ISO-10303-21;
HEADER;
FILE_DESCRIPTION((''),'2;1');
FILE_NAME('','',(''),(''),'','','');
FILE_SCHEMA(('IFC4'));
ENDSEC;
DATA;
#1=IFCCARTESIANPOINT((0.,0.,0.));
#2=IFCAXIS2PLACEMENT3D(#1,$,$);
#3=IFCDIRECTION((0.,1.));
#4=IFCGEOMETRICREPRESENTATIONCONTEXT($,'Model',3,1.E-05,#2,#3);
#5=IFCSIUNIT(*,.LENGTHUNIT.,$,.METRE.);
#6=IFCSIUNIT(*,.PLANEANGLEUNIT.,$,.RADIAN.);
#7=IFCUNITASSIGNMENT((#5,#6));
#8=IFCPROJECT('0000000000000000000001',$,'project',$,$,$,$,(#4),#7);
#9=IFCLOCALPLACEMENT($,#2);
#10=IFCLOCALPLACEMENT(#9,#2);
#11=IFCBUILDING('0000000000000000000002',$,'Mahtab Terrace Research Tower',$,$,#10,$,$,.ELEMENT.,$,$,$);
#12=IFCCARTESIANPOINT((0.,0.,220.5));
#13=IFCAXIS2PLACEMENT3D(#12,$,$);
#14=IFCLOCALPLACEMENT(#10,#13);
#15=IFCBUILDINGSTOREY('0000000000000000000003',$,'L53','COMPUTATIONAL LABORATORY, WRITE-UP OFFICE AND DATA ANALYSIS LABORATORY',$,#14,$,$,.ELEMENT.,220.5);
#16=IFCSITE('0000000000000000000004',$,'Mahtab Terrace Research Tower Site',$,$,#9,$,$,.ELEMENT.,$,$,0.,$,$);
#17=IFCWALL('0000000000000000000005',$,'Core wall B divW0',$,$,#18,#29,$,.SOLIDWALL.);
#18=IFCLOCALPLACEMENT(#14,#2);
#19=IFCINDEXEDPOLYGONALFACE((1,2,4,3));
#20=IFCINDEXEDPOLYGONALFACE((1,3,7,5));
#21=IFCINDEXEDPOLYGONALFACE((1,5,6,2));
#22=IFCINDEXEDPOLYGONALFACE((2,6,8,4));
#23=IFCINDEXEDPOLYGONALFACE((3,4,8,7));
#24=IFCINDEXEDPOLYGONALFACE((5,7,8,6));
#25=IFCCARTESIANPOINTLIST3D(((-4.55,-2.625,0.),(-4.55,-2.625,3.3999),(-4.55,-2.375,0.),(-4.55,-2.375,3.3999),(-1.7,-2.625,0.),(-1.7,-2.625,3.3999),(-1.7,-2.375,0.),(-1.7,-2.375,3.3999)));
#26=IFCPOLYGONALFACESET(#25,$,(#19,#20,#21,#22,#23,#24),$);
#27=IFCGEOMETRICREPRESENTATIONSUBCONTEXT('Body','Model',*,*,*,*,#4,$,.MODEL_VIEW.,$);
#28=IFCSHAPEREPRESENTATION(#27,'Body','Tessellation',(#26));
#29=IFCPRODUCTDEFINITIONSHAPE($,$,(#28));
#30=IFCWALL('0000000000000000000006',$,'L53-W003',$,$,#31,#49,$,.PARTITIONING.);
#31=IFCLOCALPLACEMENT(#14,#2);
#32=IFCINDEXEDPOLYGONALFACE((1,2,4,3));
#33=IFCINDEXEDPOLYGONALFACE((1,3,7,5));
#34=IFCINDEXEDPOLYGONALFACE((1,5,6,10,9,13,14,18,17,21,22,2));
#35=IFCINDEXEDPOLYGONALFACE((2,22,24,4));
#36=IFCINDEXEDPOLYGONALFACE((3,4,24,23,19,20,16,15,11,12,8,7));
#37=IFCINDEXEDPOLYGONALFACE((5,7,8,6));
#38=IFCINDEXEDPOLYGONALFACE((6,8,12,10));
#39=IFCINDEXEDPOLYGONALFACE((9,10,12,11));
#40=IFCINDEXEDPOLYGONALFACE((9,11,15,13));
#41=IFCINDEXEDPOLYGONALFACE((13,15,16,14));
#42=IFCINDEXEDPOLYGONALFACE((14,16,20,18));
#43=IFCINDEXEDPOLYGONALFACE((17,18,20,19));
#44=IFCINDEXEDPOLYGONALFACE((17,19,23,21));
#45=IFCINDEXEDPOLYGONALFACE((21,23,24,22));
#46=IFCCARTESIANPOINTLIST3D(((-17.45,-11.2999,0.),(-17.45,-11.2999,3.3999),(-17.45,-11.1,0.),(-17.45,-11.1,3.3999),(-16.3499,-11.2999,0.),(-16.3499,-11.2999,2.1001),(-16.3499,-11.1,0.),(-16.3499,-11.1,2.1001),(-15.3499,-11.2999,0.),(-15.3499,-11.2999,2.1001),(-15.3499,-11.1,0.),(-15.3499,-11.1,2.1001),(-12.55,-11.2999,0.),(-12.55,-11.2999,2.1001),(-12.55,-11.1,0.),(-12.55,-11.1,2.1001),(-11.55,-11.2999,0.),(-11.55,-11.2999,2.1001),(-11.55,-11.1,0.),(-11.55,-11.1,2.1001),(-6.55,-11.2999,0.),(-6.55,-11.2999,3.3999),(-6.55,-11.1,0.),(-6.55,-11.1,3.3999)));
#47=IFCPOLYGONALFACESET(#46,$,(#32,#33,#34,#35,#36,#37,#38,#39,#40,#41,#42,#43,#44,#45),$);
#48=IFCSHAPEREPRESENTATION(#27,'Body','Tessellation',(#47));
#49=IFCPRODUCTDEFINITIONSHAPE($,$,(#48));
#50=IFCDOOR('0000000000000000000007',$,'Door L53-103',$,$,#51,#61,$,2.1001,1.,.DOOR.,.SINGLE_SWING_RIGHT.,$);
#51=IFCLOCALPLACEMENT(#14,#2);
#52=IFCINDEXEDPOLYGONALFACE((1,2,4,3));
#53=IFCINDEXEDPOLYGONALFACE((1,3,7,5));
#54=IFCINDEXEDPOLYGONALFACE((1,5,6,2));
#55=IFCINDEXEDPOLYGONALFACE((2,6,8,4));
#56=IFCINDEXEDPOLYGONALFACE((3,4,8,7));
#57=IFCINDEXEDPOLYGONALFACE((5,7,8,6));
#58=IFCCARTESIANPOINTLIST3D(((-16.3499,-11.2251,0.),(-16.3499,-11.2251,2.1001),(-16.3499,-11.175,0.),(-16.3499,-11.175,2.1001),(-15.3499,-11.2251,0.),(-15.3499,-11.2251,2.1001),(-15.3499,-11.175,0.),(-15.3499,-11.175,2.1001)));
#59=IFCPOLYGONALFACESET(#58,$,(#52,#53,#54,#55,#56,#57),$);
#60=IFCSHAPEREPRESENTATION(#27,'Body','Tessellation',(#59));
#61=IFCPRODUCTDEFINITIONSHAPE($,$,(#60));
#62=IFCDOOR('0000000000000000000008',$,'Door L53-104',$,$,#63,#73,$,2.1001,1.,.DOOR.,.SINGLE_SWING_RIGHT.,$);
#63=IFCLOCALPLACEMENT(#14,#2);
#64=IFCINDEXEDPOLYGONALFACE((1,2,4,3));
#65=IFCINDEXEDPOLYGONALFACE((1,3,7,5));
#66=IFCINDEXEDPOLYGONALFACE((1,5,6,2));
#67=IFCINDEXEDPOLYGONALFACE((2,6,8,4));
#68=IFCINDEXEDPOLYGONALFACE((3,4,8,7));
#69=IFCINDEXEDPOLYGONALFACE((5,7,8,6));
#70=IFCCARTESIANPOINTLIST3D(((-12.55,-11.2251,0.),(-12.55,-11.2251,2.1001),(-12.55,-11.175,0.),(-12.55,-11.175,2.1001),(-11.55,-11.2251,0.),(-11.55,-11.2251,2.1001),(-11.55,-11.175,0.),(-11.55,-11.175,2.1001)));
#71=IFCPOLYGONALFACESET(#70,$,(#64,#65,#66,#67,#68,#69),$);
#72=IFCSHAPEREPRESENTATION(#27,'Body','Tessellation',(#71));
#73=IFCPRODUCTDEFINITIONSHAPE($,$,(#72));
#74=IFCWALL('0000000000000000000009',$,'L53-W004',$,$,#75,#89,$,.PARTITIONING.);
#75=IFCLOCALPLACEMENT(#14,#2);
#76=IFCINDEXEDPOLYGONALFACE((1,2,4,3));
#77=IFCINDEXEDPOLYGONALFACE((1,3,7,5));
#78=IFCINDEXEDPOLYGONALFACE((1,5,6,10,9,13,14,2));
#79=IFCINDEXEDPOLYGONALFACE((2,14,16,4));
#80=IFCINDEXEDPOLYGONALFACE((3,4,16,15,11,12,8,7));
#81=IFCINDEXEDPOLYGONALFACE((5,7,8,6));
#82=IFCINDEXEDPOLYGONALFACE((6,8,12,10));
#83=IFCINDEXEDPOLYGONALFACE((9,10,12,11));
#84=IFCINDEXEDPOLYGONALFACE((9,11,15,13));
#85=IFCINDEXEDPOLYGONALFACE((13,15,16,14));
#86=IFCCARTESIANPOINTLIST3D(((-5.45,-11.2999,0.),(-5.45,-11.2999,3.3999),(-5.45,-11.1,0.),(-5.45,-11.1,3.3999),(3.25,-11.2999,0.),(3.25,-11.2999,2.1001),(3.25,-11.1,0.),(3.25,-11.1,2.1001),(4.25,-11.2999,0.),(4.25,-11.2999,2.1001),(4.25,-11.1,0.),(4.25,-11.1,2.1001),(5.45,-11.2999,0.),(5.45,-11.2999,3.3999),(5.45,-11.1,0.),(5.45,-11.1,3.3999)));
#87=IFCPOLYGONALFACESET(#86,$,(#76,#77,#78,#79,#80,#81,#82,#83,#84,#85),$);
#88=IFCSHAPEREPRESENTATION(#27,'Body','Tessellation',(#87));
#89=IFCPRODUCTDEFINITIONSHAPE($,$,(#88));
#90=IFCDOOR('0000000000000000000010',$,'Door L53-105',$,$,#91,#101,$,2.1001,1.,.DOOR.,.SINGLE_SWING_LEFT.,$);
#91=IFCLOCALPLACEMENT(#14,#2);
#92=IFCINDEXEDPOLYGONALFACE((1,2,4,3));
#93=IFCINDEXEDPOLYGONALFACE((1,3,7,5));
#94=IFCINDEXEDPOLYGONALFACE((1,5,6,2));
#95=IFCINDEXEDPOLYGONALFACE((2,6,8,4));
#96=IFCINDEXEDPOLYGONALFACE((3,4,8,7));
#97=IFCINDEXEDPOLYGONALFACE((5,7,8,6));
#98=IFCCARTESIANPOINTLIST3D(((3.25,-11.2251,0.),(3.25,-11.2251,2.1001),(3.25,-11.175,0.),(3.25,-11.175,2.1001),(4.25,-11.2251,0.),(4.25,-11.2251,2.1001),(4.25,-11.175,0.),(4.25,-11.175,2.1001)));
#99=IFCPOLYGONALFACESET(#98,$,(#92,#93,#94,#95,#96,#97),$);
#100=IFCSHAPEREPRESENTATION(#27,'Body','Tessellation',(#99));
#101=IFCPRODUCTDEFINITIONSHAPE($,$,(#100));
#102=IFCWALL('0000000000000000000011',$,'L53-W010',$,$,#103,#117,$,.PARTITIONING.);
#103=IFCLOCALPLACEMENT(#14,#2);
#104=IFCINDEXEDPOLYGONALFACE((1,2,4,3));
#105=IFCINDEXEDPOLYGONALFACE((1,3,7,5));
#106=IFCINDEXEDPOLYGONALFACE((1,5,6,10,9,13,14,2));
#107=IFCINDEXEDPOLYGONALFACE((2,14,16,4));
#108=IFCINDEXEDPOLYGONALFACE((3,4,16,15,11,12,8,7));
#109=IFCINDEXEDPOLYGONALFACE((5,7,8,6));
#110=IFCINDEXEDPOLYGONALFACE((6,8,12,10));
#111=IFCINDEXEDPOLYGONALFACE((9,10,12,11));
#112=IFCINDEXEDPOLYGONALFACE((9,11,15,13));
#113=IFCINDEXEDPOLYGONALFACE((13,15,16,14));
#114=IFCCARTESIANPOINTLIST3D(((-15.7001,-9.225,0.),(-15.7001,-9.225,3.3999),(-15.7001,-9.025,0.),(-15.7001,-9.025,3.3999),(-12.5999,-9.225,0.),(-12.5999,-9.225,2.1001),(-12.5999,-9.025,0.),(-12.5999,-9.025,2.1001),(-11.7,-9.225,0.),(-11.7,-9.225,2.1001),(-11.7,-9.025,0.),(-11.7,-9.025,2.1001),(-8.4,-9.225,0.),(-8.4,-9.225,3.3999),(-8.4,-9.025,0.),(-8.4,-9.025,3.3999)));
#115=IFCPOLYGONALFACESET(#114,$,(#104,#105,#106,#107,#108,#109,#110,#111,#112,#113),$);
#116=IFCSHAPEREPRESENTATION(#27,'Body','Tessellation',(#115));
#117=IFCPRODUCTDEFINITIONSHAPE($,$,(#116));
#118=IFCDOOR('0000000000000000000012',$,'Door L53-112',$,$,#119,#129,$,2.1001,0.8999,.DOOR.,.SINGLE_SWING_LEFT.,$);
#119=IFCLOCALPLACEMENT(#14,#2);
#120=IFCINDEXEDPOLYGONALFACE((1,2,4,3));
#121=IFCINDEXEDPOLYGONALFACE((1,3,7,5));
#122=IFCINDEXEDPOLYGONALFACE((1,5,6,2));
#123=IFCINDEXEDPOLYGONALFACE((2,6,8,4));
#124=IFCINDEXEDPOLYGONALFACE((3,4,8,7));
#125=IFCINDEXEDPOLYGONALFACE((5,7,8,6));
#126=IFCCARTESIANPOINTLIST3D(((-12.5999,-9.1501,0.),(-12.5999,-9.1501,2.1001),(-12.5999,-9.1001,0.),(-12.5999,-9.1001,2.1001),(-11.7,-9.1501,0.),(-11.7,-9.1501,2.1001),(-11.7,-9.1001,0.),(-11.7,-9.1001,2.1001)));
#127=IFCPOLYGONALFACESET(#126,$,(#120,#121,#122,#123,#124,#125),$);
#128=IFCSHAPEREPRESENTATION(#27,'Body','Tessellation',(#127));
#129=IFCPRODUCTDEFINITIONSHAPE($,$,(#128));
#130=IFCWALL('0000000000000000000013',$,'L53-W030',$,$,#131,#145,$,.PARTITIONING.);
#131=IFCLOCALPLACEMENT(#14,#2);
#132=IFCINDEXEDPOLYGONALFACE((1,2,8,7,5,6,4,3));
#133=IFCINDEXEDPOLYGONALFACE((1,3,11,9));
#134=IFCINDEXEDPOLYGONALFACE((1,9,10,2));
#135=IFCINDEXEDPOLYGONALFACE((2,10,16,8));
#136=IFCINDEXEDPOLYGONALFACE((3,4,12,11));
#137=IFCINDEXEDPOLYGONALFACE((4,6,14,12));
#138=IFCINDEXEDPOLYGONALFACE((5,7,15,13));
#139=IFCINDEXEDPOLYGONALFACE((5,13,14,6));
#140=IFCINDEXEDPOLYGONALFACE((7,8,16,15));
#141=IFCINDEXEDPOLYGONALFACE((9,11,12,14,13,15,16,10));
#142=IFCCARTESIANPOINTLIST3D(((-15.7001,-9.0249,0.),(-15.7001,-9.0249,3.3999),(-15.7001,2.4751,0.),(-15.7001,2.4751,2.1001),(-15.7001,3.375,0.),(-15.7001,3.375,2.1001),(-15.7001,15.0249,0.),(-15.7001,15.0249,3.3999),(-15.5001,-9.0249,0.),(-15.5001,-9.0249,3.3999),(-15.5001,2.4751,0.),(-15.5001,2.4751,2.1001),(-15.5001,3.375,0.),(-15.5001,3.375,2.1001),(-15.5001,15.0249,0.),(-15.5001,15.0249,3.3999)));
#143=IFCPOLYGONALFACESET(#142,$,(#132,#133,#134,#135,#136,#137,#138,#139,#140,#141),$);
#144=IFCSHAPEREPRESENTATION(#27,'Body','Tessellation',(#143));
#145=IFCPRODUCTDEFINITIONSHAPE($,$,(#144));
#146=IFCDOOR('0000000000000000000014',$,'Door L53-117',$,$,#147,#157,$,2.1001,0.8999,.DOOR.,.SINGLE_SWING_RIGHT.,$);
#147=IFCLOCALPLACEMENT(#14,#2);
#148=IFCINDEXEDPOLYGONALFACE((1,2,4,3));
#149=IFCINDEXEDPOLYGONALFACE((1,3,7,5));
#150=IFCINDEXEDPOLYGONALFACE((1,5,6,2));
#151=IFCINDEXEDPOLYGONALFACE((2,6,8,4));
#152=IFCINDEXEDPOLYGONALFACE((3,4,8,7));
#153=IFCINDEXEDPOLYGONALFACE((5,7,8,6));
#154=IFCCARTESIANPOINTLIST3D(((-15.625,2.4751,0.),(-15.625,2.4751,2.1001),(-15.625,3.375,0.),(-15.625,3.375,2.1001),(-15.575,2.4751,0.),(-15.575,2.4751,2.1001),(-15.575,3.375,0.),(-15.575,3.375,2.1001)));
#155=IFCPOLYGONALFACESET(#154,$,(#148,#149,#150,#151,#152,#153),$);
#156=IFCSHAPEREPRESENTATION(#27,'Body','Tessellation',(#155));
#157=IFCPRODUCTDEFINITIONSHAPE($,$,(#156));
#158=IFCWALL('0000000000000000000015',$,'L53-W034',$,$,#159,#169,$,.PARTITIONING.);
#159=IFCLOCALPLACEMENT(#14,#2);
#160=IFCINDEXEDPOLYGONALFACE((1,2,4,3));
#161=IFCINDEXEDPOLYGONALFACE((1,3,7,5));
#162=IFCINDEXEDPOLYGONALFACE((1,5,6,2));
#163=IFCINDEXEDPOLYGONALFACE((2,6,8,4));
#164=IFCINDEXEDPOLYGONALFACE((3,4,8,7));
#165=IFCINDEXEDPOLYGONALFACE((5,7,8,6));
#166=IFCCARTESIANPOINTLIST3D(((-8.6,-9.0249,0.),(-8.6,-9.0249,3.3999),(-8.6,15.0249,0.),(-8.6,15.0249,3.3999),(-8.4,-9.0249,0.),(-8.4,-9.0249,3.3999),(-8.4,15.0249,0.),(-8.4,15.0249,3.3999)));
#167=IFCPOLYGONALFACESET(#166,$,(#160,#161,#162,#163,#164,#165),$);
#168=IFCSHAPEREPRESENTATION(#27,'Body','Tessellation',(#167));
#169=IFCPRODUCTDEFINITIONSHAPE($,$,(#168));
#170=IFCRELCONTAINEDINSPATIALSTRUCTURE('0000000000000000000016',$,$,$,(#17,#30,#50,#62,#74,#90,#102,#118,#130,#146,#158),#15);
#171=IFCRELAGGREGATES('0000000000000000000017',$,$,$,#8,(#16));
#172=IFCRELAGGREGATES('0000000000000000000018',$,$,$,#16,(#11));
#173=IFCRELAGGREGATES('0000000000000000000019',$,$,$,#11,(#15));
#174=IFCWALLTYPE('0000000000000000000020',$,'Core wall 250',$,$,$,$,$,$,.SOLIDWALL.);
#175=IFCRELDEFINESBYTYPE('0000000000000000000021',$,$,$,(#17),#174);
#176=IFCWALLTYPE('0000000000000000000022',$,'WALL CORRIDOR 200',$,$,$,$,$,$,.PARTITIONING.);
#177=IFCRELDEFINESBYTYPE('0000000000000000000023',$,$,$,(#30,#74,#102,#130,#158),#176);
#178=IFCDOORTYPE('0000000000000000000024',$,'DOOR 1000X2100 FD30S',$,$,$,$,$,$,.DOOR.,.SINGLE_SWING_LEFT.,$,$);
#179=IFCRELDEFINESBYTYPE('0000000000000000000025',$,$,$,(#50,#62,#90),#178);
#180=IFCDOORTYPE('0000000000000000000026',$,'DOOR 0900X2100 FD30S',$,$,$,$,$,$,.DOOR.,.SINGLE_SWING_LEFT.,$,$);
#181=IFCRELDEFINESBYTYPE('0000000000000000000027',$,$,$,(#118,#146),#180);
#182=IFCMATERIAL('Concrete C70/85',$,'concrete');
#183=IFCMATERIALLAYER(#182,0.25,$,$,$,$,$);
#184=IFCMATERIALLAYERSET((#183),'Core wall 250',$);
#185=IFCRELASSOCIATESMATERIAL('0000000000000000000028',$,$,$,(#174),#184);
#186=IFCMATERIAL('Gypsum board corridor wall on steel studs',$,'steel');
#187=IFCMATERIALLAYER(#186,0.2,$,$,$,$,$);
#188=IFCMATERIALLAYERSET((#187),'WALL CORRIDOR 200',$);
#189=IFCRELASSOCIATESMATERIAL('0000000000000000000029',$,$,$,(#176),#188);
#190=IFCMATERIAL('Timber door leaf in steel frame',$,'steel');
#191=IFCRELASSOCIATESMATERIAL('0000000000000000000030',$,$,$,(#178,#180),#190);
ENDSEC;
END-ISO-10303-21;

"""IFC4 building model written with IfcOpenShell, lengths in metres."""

from ifc_helpers import new_model, si_unit, direction, frame, frame_2d, origin, place, context, subcontext, project, spatial, rectangle, extrude, material, layer, layer_set, type_object, element, fill, save


model = new_model("IFC4")

# Units and contexts
model_context = context("Model", 3, precision=1e-05, world=origin(), true_north=direction((0.0, 1.0)))
body_context = subcontext(model_context, "Body", "Model", "MODEL_VIEW")
ifc_project = project(units=[si_unit("LENGTHUNIT", "METRE"), si_unit("PLANEANGLEUNIT", "RADIAN")], contexts=[model_context])

# Site, building, storey
site_placement = place(None, origin())
site = spatial("IfcSite", under=ifc_project, at=site_placement, Name="Mahtab Terrace Research Tower Site", CompositionType="ELEMENT", RefElevation=0.0)
building_placement = place(site_placement, origin())
building = spatial("IfcBuilding", under=site, at=building_placement, Name="Mahtab Terrace Research Tower", CompositionType="ELEMENT")
storey_placement = place(building_placement, frame((0.0, 0.0, 220.5)))
storey = spatial("IfcBuildingStorey", under=building, at=storey_placement, Name="L53", Description="COMPUTATIONAL LABORATORY, WRITE-UP OFFICE AND DATA ANALYSIS LABORATORY", CompositionType="ELEMENT", Elevation=220.5)

# Shared definitions
ifc_material_1 = material(Name="Concrete C70/85", Category="concrete")

# Shared definitions
ifc_layer_1 = layer(ifc_material_1, 0.25)
ifc_layer_set_1 = layer_set([ifc_layer_1], Name="Core wall 250")
wall_type_1 = type_object("IfcWallType", Name="Core wall 250", PredefinedType="SOLIDWALL", material=ifc_layer_set_1)

# Wall
wall_1_placement = place(storey_placement, frame((-4.55, -2.5, 0.0), z_axis=(0.0, 0.0, 1.0), x_axis=(1.0, 0.0, 0.0)))
element("IfcWall", 1, at=wall_1_placement, inside=storey, type_object=wall_type_1, Name="Core wall B divW0", PredefinedType="SOLIDWALL", context=body_context, shape_type="SweptSolid", body=[
    extrude(rectangle(XDim=2.8501, YDim=0.25, at=frame_2d((1.425, 0.0))), origin(), (0.0, 0.0, 1.0), 3.3999),
])

# Wall, openings, doors
ifc_material_2 = material(Name="Gypsum board corridor wall on steel studs", Category="steel")
ifc_layer_2 = layer(ifc_material_2, 0.2)
ifc_layer_set_2 = layer_set([ifc_layer_2], Name="WALL CORRIDOR 200")
wall_type_2 = type_object("IfcWallType", Name="WALL CORRIDOR 200", PredefinedType="PARTITIONING", material=ifc_layer_set_2)
wall_2_placement = place(storey_placement, frame((-17.45, -11.2, 0.0), z_axis=(0.0, 0.0, 1.0), x_axis=(1.0, 0.0, 0.0)))
wall_2 = element("IfcWall", 2, at=wall_2_placement, inside=storey, type_object=wall_type_2, Name="L53-W003", PredefinedType="PARTITIONING", context=body_context, shape_type="SweptSolid", body=[
    extrude(rectangle(XDim=10.8999, YDim=0.2, at=frame_2d((5.45, 0.0))), origin(), (0.0, 0.0, 1.0), 3.3999),
])
opening_1_placement = place(wall_2_placement, frame((1.1001, 0.0, 0.0)))
opening_1 = element("IfcOpeningElement", 3, at=opening_1_placement, cuts=wall_2, PredefinedType="OPENING", context=body_context, shape_type="SweptSolid", body=[
    extrude(rectangle(XDim=1.0, YDim=2.1001, at=frame_2d((0.5, 1.05))), frame((0.0, 0.1099, 0.0), z_axis=(0.0, -1.0, 0.0), x_axis=(1.0, 0.0, 0.0)), (0.0, 0.0, 1.0), 0.22),
])
opening_2_placement = place(wall_2_placement, frame((4.8999, 0.0, 0.0)))
opening_2 = element("IfcOpeningElement", 4, at=opening_2_placement, cuts=wall_2, PredefinedType="OPENING", context=body_context, shape_type="SweptSolid", body=[
    extrude(rectangle(XDim=1.0, YDim=2.1001, at=frame_2d((0.5, 1.05))), frame((0.0, 0.1099, 0.0), z_axis=(0.0, -1.0, 0.0), x_axis=(1.0, 0.0, 0.0)), (0.0, 0.0, 1.0), 0.22),
])
ifc_material_3 = material(Name="Timber door leaf in steel frame", Category="steel")
door_type_1 = type_object("IfcDoorType", Name="DOOR 1000X2100 FD30S", OperationType="SINGLE_SWING_LEFT", PredefinedType="DOOR", material=ifc_material_3)
door_1_placement = place(opening_1_placement, origin())
door_1 = element("IfcDoor", 5, at=door_1_placement, inside=storey, type_object=door_type_1, Name="Door L53-103", OperationType="SINGLE_SWING_RIGHT", OverallHeight=2.1001, OverallWidth=1.0, PredefinedType="DOOR", context=body_context, shape_type="SweptSolid", body=[
    extrude(rectangle(XDim=1.0, YDim=2.1001, at=frame_2d((0.5, 1.05))), frame((0.0, 0.0249, 0.0), z_axis=(0.0, -1.0, 0.0), x_axis=(1.0, 0.0, 0.0)), (0.0, 0.0, 1.0), 0.05),
])
fill(opening_1, door_1)
door_2_placement = place(opening_2_placement, origin())
door_2 = element("IfcDoor", 6, at=door_2_placement, inside=storey, type_object=door_type_1, Name="Door L53-104", OperationType="SINGLE_SWING_RIGHT", OverallHeight=2.1001, OverallWidth=1.0, PredefinedType="DOOR", context=body_context, shape_type="SweptSolid", body=[
    extrude(rectangle(XDim=1.0, YDim=2.1001, at=frame_2d((0.5, 1.05))), frame((0.0, 0.0249, 0.0), z_axis=(0.0, -1.0, 0.0), x_axis=(1.0, 0.0, 0.0)), (0.0, 0.0, 1.0), 0.05),
])
fill(opening_2, door_2)

# Walls, openings, doors
wall_3_placement = place(storey_placement, frame((-5.45, -11.2, 0.0), z_axis=(0.0, 0.0, 1.0), x_axis=(1.0, 0.0, 0.0)))
wall_3 = element("IfcWall", 7, at=wall_3_placement, inside=storey, type_object=wall_type_2, Name="L53-W004", PredefinedType="PARTITIONING", context=body_context, shape_type="SweptSolid", body=[
    extrude(rectangle(XDim=10.8999, YDim=0.2, at=frame_2d((5.45, 0.0))), origin(), (0.0, 0.0, 1.0), 3.3999),
])
opening_3_placement = place(wall_3_placement, frame((8.7, 0.0, 0.0)))
opening_3 = element("IfcOpeningElement", 8, at=opening_3_placement, cuts=wall_3, PredefinedType="OPENING", context=body_context, shape_type="SweptSolid", body=[
    extrude(rectangle(XDim=1.0, YDim=2.1001, at=frame_2d((0.5, 1.05))), frame((0.0, 0.1099, 0.0), z_axis=(0.0, -1.0, 0.0), x_axis=(1.0, 0.0, 0.0)), (0.0, 0.0, 1.0), 0.22),
])
door_3_placement = place(opening_3_placement, origin())
door_3 = element("IfcDoor", 9, at=door_3_placement, inside=storey, type_object=door_type_1, Name="Door L53-105", OperationType="SINGLE_SWING_LEFT", OverallHeight=2.1001, OverallWidth=1.0, PredefinedType="DOOR", context=body_context, shape_type="SweptSolid", body=[
    extrude(rectangle(XDim=1.0, YDim=2.1001, at=frame_2d((0.5, 1.05))), frame((0.0, 0.0249, 0.0), z_axis=(0.0, -1.0, 0.0), x_axis=(1.0, 0.0, 0.0)), (0.0, 0.0, 1.0), 0.05),
])
fill(opening_3, door_3)
wall_4_placement = place(storey_placement, frame((-15.7, -9.125, 0.0), z_axis=(0.0, 0.0, 1.0), x_axis=(1.0, 0.0, 0.0)))
wall_4 = element("IfcWall", 10, at=wall_4_placement, inside=storey, type_object=wall_type_2, Name="L53-W010", PredefinedType="PARTITIONING", context=body_context, shape_type="SweptSolid", body=[
    extrude(rectangle(XDim=7.3, YDim=0.2, at=frame_2d((3.6499, 0.0))), origin(), (0.0, 0.0, 1.0), 3.3999),
])
opening_4_placement = place(wall_4_placement, frame((3.1001, 0.0, 0.0)))
opening_4 = element("IfcOpeningElement", 11, at=opening_4_placement, cuts=wall_4, PredefinedType="OPENING", context=body_context, shape_type="SweptSolid", body=[
    extrude(rectangle(XDim=0.8999, YDim=2.1001, at=frame_2d((0.45, 1.05))), frame((0.0, 0.1099, 0.0), z_axis=(0.0, -1.0, 0.0), x_axis=(1.0, 0.0, 0.0)), (0.0, 0.0, 1.0), 0.22),
])
door_type_2 = type_object("IfcDoorType", Name="DOOR 0900X2100 FD30S", OperationType="SINGLE_SWING_LEFT", PredefinedType="DOOR", material=ifc_material_3)
door_4_placement = place(opening_4_placement, origin())
door_4 = element("IfcDoor", 12, at=door_4_placement, inside=storey, type_object=door_type_2, Name="Door L53-112", OperationType="SINGLE_SWING_LEFT", OverallHeight=2.1001, OverallWidth=0.8999, PredefinedType="DOOR", context=body_context, shape_type="SweptSolid", body=[
    extrude(rectangle(XDim=0.8999, YDim=2.1001, at=frame_2d((0.45, 1.05))), frame((0.0, 0.0249, 0.0), z_axis=(0.0, -1.0, 0.0), x_axis=(1.0, 0.0, 0.0)), (0.0, 0.0, 1.0), 0.05),
])
fill(opening_4, door_4)
wall_5_placement = place(storey_placement, frame((-15.6001, -9.0249, 0.0), z_axis=(0.0, 0.0, 1.0), x_axis=(0.0, 1.0, 0.0)))
wall_5 = element("IfcWall", 13, at=wall_5_placement, inside=storey, type_object=wall_type_2, Name="L53-W030", PredefinedType="PARTITIONING", context=body_context, shape_type="SweptSolid", body=[
    extrude(rectangle(XDim=24.0498, YDim=0.2, at=frame_2d((12.0249, 0.0))), origin(), (0.0, 0.0, 1.0), 3.3999),
])
opening_5_placement = place(wall_5_placement, frame((11.5, 0.0, 0.0)))
opening_5 = element("IfcOpeningElement", 14, at=opening_5_placement, cuts=wall_5, PredefinedType="OPENING", context=body_context, shape_type="SweptSolid", body=[
    extrude(rectangle(XDim=0.8999, YDim=2.1001, at=frame_2d((0.45, 1.05))), frame((0.0, 0.1099, 0.0), z_axis=(0.0, -1.0, 0.0), x_axis=(1.0, 0.0, 0.0)), (0.0, 0.0, 1.0), 0.22),
])
door_5_placement = place(opening_5_placement, origin())
door_5 = element("IfcDoor", 15, at=door_5_placement, inside=storey, type_object=door_type_2, Name="Door L53-117", OperationType="SINGLE_SWING_RIGHT", OverallHeight=2.1001, OverallWidth=0.8999, PredefinedType="DOOR", context=body_context, shape_type="SweptSolid", body=[
    extrude(rectangle(XDim=0.8999, YDim=2.1001, at=frame_2d((0.45, 1.05))), frame((0.0, 0.0249, 0.0), z_axis=(0.0, -1.0, 0.0), x_axis=(1.0, 0.0, 0.0)), (0.0, 0.0, 1.0), 0.05),
])
fill(opening_5, door_5)

# Wall
wall_6_placement = place(storey_placement, frame((-8.5, -9.0249, 0.0), z_axis=(0.0, 0.0, 1.0), x_axis=(0.0, 1.0, 0.0)))
element("IfcWall", 16, at=wall_6_placement, inside=storey, type_object=wall_type_2, Name="L53-W034", PredefinedType="PARTITIONING", context=body_context, shape_type="SweptSolid", body=[
    extrude(rectangle(XDim=24.0498, YDim=0.2, at=frame_2d((12.0249, 0.0))), origin(), (0.0, 0.0, 1.0), 3.3999),
])

save(model, "model.ifc")
